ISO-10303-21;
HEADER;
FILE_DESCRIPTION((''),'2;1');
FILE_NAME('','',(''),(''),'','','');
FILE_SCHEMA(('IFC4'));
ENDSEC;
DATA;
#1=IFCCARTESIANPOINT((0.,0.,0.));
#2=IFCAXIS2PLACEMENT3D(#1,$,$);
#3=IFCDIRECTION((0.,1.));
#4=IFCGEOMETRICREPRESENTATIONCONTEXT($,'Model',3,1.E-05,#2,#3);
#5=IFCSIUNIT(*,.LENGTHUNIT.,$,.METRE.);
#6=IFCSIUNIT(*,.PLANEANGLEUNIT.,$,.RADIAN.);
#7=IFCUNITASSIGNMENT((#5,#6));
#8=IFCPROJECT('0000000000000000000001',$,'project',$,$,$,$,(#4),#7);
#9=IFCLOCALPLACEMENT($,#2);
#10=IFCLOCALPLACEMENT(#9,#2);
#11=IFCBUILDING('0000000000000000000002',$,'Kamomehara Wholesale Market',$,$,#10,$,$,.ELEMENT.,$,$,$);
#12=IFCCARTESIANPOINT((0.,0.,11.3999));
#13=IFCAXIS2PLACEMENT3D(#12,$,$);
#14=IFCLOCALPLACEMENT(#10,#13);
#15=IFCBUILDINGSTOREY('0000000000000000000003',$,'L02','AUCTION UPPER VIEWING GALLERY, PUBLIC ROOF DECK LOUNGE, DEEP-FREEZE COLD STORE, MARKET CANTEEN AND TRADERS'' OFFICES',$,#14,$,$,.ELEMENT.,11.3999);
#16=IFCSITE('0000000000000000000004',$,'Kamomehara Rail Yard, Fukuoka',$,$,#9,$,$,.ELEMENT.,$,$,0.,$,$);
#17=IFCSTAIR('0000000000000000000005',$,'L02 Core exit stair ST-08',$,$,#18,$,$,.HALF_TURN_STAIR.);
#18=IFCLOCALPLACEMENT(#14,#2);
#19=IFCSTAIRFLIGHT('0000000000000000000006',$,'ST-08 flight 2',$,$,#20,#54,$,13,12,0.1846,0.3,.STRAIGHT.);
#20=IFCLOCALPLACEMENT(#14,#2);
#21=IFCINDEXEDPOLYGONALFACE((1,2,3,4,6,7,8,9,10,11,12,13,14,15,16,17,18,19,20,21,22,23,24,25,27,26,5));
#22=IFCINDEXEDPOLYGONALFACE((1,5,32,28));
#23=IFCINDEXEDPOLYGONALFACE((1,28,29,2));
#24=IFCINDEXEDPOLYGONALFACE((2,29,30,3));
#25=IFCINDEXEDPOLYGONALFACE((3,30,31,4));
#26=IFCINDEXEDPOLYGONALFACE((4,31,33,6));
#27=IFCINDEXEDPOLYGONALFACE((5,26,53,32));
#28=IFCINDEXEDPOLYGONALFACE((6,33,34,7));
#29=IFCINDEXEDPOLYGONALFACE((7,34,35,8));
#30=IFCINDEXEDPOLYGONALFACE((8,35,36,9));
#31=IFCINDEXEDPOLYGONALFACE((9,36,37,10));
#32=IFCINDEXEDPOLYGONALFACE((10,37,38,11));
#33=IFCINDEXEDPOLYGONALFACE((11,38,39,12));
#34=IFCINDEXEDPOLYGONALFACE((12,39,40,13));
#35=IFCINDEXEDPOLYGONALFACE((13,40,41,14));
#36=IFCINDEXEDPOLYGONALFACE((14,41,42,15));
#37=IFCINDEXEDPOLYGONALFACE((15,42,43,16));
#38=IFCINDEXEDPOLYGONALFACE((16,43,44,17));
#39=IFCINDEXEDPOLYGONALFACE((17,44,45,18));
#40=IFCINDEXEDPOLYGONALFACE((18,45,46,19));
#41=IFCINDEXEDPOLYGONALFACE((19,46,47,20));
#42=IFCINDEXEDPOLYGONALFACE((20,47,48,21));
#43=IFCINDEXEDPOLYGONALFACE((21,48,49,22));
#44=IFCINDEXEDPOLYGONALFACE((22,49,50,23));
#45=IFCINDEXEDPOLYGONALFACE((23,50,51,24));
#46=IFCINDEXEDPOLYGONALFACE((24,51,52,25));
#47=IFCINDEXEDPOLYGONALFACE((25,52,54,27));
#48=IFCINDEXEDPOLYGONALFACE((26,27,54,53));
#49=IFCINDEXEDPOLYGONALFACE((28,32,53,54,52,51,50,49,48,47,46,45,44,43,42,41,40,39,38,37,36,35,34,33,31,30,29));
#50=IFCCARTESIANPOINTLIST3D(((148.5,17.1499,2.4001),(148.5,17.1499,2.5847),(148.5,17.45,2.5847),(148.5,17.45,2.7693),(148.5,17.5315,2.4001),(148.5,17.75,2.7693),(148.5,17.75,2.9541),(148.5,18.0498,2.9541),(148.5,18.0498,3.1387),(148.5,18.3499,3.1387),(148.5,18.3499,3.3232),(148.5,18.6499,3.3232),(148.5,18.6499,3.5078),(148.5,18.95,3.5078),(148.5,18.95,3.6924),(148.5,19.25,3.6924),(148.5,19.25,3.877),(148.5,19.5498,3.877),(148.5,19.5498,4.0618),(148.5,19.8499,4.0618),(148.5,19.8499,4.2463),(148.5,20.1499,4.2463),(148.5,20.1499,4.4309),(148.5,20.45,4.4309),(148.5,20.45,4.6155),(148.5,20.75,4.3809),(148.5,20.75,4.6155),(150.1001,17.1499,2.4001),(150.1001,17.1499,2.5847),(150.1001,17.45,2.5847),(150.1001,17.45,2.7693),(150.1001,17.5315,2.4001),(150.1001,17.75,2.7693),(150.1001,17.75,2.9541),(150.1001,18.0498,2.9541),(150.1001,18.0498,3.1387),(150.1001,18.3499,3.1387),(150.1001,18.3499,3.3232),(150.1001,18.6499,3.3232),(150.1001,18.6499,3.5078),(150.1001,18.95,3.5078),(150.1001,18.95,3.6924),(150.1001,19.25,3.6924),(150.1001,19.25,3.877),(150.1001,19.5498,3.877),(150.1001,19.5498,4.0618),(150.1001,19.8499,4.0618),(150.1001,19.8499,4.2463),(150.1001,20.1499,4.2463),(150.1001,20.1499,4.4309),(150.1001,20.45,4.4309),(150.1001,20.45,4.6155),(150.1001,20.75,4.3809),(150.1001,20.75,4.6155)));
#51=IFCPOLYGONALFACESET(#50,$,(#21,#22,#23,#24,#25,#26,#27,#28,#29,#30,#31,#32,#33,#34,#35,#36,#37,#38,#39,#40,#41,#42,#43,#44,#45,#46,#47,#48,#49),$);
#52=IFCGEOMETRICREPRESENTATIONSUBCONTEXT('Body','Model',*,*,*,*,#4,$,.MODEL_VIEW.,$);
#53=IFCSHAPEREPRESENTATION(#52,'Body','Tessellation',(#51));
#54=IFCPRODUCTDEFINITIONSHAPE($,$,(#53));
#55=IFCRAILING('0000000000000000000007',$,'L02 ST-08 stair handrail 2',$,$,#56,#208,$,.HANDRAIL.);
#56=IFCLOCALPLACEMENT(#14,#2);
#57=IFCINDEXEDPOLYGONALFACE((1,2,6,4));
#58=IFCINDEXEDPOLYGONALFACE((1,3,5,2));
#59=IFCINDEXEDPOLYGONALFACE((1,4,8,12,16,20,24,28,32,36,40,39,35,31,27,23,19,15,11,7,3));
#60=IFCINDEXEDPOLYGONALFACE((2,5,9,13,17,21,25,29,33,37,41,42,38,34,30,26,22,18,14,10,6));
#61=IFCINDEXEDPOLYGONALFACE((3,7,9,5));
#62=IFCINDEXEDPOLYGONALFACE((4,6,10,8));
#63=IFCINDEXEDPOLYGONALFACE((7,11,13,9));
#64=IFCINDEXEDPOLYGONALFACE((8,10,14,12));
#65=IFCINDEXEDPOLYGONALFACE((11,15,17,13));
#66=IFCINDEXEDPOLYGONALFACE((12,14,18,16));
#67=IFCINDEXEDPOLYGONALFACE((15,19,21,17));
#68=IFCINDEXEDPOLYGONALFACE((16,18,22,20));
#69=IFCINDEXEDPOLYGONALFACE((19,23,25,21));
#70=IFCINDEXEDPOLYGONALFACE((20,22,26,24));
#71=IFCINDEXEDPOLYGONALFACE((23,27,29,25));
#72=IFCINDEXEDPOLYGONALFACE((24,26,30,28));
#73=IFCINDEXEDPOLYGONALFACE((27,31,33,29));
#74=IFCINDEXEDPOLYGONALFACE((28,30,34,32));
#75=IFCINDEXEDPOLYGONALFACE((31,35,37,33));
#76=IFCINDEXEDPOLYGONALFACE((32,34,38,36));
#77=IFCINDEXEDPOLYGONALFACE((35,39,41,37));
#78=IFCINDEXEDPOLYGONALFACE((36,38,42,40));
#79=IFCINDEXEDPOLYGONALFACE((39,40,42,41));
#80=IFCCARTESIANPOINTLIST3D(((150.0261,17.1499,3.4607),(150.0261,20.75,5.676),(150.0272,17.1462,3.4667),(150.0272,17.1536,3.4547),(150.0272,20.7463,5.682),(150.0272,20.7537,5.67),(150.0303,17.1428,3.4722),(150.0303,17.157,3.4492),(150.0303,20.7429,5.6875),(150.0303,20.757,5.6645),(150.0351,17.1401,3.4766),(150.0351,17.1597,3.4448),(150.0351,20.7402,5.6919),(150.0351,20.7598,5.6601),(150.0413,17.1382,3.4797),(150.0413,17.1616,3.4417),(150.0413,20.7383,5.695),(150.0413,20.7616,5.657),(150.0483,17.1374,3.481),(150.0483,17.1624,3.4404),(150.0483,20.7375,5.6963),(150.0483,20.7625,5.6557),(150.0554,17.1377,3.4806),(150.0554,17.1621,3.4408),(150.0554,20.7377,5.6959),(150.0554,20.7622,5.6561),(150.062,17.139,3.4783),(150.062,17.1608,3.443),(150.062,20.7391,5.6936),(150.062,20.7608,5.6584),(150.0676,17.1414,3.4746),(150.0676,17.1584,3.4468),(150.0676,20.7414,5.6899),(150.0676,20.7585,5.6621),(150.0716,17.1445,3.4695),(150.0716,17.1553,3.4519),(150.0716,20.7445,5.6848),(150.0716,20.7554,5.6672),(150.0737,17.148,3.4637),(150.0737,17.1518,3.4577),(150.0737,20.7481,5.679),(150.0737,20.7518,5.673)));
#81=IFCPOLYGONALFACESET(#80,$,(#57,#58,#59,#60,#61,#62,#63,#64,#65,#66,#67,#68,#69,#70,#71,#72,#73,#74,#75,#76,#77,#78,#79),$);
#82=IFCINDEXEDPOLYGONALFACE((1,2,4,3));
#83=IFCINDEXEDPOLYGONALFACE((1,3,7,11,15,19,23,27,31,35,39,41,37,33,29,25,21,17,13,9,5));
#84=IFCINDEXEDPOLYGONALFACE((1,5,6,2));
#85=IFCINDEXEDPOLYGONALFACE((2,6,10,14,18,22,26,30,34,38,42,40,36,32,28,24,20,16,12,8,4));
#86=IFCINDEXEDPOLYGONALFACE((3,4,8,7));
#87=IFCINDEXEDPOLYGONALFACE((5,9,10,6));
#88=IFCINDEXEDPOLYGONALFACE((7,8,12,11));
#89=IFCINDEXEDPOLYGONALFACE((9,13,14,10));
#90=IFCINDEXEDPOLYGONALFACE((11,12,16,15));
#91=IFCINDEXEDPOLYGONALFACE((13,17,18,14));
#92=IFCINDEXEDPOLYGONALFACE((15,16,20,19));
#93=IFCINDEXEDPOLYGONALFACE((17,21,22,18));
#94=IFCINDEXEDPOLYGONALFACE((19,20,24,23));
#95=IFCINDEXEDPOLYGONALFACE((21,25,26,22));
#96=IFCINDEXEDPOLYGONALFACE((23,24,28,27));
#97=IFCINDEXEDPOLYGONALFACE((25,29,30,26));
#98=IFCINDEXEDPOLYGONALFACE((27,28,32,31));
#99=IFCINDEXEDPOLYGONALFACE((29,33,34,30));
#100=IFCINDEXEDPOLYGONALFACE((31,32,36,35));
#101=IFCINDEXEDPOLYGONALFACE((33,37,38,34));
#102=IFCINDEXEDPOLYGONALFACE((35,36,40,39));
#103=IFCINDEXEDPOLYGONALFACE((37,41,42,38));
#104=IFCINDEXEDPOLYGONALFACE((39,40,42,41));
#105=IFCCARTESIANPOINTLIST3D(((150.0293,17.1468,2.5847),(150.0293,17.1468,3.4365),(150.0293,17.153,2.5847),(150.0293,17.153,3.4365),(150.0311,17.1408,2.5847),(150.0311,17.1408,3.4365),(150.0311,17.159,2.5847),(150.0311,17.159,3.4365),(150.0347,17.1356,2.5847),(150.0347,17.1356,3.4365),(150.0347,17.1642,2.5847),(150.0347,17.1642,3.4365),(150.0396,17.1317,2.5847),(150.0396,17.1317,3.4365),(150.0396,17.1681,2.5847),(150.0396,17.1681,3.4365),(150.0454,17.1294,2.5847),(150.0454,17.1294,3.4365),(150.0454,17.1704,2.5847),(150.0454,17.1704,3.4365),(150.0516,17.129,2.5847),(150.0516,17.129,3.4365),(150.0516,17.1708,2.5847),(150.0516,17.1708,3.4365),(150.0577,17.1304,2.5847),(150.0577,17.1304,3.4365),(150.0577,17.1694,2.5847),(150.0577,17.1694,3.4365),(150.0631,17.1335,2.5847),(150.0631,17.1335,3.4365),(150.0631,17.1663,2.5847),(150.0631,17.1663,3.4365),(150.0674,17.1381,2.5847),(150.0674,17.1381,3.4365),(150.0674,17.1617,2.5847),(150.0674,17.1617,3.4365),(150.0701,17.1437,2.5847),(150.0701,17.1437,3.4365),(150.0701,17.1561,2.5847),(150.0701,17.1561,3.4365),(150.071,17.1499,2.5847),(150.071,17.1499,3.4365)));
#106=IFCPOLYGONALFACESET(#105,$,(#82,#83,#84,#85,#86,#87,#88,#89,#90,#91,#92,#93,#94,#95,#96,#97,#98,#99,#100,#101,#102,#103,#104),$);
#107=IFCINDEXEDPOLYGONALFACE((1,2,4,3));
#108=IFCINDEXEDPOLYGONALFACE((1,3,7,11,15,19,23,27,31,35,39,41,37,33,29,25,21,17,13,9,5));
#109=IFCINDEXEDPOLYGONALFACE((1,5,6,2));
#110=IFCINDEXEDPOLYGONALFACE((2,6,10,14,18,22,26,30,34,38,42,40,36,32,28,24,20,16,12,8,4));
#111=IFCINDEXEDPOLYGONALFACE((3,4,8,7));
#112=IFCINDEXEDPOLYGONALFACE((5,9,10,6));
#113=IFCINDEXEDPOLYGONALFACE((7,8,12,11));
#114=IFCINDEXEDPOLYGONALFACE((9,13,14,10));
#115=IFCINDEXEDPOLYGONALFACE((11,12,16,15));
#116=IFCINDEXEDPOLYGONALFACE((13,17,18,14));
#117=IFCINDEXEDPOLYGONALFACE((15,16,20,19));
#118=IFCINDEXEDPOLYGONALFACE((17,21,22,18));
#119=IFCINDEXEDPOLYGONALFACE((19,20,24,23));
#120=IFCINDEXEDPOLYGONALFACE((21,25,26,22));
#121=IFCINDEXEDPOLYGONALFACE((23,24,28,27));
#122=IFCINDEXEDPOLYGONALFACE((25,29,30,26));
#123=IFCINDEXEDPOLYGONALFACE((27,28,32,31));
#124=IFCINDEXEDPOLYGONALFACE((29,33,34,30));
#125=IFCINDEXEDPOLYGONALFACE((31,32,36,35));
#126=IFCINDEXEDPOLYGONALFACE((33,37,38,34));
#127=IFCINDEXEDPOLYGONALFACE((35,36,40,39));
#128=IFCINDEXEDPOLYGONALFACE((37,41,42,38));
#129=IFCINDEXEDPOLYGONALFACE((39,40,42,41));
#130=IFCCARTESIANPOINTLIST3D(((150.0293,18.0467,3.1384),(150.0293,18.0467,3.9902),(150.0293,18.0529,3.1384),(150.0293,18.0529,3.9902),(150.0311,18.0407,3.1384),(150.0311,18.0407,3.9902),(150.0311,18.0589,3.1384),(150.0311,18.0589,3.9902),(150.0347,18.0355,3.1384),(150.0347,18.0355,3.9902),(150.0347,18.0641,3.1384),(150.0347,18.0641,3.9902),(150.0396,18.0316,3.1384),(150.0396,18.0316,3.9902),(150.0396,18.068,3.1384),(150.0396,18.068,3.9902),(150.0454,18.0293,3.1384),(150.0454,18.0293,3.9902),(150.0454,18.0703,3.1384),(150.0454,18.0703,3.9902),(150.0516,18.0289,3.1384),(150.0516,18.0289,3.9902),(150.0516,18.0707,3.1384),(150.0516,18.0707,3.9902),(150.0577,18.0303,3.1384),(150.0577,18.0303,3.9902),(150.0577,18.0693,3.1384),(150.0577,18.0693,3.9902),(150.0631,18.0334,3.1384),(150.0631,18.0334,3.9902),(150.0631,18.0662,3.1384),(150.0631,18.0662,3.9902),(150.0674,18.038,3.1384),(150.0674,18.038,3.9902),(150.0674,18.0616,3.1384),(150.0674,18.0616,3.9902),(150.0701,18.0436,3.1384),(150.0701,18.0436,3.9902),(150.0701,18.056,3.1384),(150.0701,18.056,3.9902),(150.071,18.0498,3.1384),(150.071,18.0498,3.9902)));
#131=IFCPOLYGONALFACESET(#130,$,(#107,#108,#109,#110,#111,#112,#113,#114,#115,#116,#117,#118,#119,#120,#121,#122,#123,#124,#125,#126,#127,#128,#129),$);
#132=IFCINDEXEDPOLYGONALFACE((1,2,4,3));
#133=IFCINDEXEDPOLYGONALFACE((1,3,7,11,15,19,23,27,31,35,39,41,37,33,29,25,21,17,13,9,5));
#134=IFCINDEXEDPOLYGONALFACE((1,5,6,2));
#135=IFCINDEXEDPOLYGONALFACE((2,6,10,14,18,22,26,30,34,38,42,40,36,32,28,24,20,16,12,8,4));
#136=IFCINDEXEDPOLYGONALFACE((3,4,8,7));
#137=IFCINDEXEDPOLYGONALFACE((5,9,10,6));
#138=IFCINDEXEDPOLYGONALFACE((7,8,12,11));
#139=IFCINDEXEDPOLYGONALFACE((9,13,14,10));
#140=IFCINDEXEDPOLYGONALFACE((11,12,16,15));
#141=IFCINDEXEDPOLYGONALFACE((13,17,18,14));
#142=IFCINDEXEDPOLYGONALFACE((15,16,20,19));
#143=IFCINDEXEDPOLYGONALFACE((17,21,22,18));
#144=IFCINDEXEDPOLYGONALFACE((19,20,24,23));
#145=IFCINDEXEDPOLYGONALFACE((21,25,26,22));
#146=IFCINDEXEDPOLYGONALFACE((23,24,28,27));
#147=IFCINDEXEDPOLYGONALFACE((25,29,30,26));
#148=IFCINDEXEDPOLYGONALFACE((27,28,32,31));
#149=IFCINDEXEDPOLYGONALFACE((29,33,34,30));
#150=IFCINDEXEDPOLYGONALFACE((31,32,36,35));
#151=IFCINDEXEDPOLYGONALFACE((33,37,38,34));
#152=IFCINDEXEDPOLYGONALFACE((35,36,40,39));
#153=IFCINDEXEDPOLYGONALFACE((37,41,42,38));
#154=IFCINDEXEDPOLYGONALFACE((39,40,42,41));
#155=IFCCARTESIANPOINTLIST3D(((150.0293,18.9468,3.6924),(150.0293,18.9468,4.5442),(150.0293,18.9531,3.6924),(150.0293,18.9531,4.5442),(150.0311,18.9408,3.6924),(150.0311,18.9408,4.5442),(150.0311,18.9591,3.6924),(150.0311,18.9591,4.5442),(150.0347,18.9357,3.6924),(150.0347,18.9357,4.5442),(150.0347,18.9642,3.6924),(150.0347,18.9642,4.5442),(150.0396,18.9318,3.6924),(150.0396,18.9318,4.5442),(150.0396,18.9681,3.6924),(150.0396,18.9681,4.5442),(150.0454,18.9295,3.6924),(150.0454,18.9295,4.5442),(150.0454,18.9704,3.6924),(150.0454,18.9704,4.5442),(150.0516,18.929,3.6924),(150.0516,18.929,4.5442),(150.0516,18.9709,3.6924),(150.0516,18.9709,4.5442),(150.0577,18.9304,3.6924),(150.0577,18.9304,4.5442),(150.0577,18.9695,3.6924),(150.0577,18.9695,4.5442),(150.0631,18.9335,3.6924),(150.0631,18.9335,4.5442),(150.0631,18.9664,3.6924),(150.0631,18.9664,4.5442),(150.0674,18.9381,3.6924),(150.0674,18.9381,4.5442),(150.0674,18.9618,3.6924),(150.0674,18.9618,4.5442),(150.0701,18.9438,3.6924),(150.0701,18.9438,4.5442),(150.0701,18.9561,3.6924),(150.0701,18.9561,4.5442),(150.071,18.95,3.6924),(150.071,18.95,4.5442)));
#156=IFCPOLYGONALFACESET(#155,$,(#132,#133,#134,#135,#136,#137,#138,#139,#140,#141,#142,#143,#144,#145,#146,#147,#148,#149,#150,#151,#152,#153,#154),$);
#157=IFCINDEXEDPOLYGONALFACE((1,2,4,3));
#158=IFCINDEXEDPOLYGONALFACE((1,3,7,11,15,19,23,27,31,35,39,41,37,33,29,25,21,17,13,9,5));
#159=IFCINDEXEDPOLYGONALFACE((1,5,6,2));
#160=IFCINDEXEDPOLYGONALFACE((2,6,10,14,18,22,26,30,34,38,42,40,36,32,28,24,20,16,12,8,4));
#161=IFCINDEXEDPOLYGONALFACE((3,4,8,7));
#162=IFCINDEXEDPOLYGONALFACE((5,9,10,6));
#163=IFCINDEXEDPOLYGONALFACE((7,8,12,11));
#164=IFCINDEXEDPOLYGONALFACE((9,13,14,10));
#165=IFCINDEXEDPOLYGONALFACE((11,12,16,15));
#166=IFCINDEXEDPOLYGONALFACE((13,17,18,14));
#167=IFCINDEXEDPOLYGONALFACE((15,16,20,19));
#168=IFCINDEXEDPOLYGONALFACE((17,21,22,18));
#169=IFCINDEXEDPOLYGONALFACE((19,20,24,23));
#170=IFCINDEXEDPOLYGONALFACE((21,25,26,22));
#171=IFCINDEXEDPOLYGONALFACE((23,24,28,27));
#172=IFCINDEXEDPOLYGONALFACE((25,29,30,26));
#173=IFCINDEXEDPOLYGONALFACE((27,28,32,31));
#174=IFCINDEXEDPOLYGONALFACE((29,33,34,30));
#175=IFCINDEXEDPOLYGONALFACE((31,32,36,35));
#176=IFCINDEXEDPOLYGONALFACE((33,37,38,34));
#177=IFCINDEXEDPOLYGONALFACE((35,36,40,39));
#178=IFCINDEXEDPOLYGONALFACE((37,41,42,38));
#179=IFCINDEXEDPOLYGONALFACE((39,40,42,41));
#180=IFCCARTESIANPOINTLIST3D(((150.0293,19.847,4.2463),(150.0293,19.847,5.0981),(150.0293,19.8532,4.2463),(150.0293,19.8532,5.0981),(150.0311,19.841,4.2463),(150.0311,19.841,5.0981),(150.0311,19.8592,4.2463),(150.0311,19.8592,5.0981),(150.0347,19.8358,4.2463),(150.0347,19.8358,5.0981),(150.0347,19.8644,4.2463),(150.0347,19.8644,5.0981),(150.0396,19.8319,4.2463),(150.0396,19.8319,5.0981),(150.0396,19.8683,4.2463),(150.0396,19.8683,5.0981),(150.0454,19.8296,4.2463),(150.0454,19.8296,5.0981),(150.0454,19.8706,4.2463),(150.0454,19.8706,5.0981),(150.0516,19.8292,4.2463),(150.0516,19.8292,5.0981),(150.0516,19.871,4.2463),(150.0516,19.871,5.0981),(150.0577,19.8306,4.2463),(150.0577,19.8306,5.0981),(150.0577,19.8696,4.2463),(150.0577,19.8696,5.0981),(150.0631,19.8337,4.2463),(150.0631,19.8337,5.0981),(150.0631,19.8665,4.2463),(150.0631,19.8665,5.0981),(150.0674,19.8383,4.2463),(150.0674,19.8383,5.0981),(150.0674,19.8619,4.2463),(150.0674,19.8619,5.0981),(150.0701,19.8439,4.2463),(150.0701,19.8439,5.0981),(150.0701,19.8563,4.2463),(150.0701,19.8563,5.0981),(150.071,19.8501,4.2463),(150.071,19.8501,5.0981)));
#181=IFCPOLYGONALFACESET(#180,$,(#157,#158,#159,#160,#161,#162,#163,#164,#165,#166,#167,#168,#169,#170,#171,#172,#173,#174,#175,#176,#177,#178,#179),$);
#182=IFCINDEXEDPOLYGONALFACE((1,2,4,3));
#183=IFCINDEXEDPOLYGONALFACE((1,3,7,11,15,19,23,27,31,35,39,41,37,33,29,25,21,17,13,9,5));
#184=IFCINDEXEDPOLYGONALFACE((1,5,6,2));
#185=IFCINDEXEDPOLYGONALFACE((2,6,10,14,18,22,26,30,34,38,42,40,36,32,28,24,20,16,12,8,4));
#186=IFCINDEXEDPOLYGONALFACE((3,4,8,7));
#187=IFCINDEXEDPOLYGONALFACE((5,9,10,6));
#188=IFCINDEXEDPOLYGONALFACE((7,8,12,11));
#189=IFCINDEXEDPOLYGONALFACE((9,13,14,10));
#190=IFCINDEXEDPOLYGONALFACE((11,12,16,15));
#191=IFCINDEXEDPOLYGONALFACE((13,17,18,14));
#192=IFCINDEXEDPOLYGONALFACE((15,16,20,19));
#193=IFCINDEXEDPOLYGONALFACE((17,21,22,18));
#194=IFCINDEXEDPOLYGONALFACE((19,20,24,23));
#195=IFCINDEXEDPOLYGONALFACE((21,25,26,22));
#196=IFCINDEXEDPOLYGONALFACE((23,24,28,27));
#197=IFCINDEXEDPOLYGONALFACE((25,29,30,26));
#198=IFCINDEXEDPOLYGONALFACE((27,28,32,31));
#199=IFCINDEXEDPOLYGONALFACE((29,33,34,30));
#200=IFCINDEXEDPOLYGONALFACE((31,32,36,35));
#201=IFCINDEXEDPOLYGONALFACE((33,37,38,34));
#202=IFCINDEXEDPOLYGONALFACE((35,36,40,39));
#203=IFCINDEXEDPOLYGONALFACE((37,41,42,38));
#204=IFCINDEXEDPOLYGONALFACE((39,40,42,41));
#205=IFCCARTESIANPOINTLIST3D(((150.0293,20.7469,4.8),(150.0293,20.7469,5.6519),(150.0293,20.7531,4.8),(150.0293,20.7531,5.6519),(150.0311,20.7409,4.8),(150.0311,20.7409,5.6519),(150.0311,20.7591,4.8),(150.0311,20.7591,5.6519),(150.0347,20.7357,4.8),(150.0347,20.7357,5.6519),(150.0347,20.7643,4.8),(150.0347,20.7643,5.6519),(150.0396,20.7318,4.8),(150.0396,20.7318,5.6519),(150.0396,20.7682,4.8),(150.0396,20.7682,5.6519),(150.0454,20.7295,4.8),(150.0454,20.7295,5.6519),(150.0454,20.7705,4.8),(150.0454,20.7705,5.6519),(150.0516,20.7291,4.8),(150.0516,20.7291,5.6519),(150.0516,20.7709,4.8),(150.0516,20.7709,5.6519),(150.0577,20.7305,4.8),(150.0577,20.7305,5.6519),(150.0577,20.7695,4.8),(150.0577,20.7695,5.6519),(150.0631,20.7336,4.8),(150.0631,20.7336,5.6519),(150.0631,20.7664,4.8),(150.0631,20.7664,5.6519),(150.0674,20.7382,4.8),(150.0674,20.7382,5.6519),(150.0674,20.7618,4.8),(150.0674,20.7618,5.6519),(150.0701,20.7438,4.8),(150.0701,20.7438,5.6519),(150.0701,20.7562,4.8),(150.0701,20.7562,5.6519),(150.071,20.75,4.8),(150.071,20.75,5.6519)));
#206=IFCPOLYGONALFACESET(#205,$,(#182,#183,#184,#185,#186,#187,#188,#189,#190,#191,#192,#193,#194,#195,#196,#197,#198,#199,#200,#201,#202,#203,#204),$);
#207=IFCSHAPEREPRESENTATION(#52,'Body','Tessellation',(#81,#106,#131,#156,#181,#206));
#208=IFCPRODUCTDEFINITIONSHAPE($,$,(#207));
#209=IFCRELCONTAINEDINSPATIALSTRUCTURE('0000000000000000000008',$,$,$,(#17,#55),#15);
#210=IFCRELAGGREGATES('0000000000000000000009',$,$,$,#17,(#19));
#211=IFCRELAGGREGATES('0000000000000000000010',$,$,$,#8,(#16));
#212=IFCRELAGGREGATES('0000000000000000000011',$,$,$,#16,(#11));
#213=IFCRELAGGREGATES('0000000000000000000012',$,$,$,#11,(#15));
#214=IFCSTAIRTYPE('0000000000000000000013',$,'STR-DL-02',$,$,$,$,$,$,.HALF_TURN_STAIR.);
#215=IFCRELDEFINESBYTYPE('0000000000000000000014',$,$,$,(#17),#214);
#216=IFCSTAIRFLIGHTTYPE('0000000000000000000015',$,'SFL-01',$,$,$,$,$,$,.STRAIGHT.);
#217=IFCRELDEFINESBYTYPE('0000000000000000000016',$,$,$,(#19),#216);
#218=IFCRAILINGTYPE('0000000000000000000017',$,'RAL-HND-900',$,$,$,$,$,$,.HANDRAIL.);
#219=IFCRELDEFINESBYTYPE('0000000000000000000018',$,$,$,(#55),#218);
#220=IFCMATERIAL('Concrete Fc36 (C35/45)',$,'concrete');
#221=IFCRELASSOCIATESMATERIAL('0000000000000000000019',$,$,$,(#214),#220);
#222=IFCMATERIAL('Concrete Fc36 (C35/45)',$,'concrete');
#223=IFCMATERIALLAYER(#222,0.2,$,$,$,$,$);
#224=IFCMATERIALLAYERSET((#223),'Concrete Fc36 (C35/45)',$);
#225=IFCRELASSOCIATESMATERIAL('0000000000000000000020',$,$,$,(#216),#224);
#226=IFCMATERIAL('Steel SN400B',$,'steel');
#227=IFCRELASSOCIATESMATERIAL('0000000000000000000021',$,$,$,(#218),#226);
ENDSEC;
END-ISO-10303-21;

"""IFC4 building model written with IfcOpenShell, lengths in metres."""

from ifc_helpers import new_model, si_unit, direction, frame, origin, origin_2d, place, context, subcontext, project, spatial, polyline, circle, outline, extrude, material, layer, layer_set, type_object, element, aggregate, save


model = new_model("IFC4")

# Units and contexts
model_context = context("Model", 3, precision=1e-05, world=origin(), true_north=direction((0.0, 1.0)))
body_context = subcontext(model_context, "Body", "Model", "MODEL_VIEW")
ifc_project = project(units=[si_unit("LENGTHUNIT", "METRE"), si_unit("PLANEANGLEUNIT", "RADIAN")], contexts=[model_context])

# Site, building, storey
site_placement = place(None, origin())
site = spatial("IfcSite", under=ifc_project, at=site_placement, Name="Kamomehara Rail Yard, Fukuoka", CompositionType="ELEMENT", RefElevation=0.0)
building_placement = place(site_placement, origin())
building = spatial("IfcBuilding", under=site, at=building_placement, Name="Kamomehara Wholesale Market", CompositionType="ELEMENT")
storey_placement = place(building_placement, frame((0.0, 0.0, 11.3999)))
storey = spatial("IfcBuildingStorey", under=building, at=storey_placement, Name="L02", Description="AUCTION UPPER VIEWING GALLERY, PUBLIC ROOF DECK LOUNGE, DEEP-FREEZE COLD STORE, MARKET CANTEEN AND TRADERS' OFFICES", CompositionType="ELEMENT", Elevation=11.3999)

# Stair, stair flight
ifc_material_1 = material(Name="Concrete Fc36 (C35/45)", Category="concrete")
stair_type = type_object("IfcStairType", Name="STR-DL-02", PredefinedType="HALF_TURN_STAIR", material=ifc_material_1)
stair_placement = place(storey_placement, origin())
stair = element("IfcStair", 1, at=stair_placement, inside=storey, type_object=stair_type, Name="L02 Core exit stair ST-08", PredefinedType="HALF_TURN_STAIR")
ifc_material_2 = material(Name="Concrete Fc36 (C35/45)", Category="concrete")
ifc_layer_1 = layer(ifc_material_2, 0.2)
ifc_layer_set_1 = layer_set([ifc_layer_1], Name="Concrete Fc36 (C35/45)")
stair_flight_type = type_object("IfcStairFlightType", Name="SFL-01", PredefinedType="STRAIGHT", material=ifc_layer_set_1)
stair_flight_placement = place(storey_placement, frame((149.3, 17.1499, 2.4001), z_axis=(0.0, 0.0, 1.0), x_axis=(0.0, 1.0, 0.0)))
stair_flight = element("IfcStairFlight", 2, at=stair_flight_placement, type_object=stair_flight_type, Name="ST-08 flight 2", NumberOfRisers=13, NumberOfTreads=12, PredefinedType="STRAIGHT", RiserHeight=0.1846, TreadLength=0.3, context=body_context, shape_type="SweptSolid", body=[
    extrude(outline(polyline([(0.0, 0.0), (0.0, 0.1846), (0.3, 0.1846), (0.3, 0.3691), (0.6001, 0.3691), (0.6001, 0.554), (0.8999, 0.554), (0.8999, 0.7385), (1.2, 0.7385), (1.2, 0.9231), (1.5, 0.9231), (1.5, 1.1077), (1.8, 1.1077), (1.8, 1.2922), (2.1001, 1.2922), (2.1001, 1.4768), (2.3999, 1.4768), (2.3999, 1.6616), (2.7, 1.6616), (2.7, 1.8462), (3.0, 1.8462), (3.0, 2.0308), (3.3, 2.0308), (3.3, 2.2153), (3.6001, 2.2153), (3.6001, 2.3999), (3.6001, 1.9807), (0.3816, 0.0), (0.0, 0.0)])), frame((0.0, 0.8, 0.0), z_axis=(0.0, -1.0, 0.0), x_axis=(1.0, 0.0, 0.0)), (0.0, 0.0, 1.0), 1.6001),
])
aggregate(stair, [stair_flight])

# Railing
ifc_material_3 = material(Name="Steel SN400B", Category="steel")
railing_type_1 = type_object("IfcRailingType", Name="RAL-HND-900", PredefinedType="HANDRAIL", material=ifc_material_3)
railing_1_placement = place(storey_placement, frame((150.05, 17.1499, 2.5847)))
element("IfcRailing", 3, at=railing_1_placement, inside=storey, type_object=railing_type_1, Name="L02 ST-08 stair handrail 2", PredefinedType="HANDRAIL", context=body_context, shape_type="SweptSolid", body=[
    extrude(circle(Radius=0.0239, at=origin_2d()), frame((0.0, 0.0, 0.876), z_axis=(0.0, 0.85167, 0.524078), x_axis=(-1.0, 0.0, 0.0)), (0.0, 0.0, 1.0), 4.2271),
    extrude(circle(Radius=0.021, at=origin_2d()), origin(), (0.0, 0.0, 1.0), 0.8518),
    extrude(circle(Radius=0.021, at=origin_2d()), frame((0.0, 0.8999, 0.5537)), (0.0, 0.0, 1.0), 0.8518),
    extrude(circle(Radius=0.021, at=origin_2d()), frame((0.0, 1.8, 1.1077)), (0.0, 0.0, 1.0), 0.8518),
    extrude(circle(Radius=0.021, at=origin_2d()), frame((0.0, 2.7002, 1.6616)), (0.0, 0.0, 1.0), 0.8518),
    extrude(circle(Radius=0.021, at=origin_2d()), frame((0.0, 3.6001, 2.2153)), (0.0, 0.0, 1.0), 0.8518),
])

save(model, "model.ifc")
